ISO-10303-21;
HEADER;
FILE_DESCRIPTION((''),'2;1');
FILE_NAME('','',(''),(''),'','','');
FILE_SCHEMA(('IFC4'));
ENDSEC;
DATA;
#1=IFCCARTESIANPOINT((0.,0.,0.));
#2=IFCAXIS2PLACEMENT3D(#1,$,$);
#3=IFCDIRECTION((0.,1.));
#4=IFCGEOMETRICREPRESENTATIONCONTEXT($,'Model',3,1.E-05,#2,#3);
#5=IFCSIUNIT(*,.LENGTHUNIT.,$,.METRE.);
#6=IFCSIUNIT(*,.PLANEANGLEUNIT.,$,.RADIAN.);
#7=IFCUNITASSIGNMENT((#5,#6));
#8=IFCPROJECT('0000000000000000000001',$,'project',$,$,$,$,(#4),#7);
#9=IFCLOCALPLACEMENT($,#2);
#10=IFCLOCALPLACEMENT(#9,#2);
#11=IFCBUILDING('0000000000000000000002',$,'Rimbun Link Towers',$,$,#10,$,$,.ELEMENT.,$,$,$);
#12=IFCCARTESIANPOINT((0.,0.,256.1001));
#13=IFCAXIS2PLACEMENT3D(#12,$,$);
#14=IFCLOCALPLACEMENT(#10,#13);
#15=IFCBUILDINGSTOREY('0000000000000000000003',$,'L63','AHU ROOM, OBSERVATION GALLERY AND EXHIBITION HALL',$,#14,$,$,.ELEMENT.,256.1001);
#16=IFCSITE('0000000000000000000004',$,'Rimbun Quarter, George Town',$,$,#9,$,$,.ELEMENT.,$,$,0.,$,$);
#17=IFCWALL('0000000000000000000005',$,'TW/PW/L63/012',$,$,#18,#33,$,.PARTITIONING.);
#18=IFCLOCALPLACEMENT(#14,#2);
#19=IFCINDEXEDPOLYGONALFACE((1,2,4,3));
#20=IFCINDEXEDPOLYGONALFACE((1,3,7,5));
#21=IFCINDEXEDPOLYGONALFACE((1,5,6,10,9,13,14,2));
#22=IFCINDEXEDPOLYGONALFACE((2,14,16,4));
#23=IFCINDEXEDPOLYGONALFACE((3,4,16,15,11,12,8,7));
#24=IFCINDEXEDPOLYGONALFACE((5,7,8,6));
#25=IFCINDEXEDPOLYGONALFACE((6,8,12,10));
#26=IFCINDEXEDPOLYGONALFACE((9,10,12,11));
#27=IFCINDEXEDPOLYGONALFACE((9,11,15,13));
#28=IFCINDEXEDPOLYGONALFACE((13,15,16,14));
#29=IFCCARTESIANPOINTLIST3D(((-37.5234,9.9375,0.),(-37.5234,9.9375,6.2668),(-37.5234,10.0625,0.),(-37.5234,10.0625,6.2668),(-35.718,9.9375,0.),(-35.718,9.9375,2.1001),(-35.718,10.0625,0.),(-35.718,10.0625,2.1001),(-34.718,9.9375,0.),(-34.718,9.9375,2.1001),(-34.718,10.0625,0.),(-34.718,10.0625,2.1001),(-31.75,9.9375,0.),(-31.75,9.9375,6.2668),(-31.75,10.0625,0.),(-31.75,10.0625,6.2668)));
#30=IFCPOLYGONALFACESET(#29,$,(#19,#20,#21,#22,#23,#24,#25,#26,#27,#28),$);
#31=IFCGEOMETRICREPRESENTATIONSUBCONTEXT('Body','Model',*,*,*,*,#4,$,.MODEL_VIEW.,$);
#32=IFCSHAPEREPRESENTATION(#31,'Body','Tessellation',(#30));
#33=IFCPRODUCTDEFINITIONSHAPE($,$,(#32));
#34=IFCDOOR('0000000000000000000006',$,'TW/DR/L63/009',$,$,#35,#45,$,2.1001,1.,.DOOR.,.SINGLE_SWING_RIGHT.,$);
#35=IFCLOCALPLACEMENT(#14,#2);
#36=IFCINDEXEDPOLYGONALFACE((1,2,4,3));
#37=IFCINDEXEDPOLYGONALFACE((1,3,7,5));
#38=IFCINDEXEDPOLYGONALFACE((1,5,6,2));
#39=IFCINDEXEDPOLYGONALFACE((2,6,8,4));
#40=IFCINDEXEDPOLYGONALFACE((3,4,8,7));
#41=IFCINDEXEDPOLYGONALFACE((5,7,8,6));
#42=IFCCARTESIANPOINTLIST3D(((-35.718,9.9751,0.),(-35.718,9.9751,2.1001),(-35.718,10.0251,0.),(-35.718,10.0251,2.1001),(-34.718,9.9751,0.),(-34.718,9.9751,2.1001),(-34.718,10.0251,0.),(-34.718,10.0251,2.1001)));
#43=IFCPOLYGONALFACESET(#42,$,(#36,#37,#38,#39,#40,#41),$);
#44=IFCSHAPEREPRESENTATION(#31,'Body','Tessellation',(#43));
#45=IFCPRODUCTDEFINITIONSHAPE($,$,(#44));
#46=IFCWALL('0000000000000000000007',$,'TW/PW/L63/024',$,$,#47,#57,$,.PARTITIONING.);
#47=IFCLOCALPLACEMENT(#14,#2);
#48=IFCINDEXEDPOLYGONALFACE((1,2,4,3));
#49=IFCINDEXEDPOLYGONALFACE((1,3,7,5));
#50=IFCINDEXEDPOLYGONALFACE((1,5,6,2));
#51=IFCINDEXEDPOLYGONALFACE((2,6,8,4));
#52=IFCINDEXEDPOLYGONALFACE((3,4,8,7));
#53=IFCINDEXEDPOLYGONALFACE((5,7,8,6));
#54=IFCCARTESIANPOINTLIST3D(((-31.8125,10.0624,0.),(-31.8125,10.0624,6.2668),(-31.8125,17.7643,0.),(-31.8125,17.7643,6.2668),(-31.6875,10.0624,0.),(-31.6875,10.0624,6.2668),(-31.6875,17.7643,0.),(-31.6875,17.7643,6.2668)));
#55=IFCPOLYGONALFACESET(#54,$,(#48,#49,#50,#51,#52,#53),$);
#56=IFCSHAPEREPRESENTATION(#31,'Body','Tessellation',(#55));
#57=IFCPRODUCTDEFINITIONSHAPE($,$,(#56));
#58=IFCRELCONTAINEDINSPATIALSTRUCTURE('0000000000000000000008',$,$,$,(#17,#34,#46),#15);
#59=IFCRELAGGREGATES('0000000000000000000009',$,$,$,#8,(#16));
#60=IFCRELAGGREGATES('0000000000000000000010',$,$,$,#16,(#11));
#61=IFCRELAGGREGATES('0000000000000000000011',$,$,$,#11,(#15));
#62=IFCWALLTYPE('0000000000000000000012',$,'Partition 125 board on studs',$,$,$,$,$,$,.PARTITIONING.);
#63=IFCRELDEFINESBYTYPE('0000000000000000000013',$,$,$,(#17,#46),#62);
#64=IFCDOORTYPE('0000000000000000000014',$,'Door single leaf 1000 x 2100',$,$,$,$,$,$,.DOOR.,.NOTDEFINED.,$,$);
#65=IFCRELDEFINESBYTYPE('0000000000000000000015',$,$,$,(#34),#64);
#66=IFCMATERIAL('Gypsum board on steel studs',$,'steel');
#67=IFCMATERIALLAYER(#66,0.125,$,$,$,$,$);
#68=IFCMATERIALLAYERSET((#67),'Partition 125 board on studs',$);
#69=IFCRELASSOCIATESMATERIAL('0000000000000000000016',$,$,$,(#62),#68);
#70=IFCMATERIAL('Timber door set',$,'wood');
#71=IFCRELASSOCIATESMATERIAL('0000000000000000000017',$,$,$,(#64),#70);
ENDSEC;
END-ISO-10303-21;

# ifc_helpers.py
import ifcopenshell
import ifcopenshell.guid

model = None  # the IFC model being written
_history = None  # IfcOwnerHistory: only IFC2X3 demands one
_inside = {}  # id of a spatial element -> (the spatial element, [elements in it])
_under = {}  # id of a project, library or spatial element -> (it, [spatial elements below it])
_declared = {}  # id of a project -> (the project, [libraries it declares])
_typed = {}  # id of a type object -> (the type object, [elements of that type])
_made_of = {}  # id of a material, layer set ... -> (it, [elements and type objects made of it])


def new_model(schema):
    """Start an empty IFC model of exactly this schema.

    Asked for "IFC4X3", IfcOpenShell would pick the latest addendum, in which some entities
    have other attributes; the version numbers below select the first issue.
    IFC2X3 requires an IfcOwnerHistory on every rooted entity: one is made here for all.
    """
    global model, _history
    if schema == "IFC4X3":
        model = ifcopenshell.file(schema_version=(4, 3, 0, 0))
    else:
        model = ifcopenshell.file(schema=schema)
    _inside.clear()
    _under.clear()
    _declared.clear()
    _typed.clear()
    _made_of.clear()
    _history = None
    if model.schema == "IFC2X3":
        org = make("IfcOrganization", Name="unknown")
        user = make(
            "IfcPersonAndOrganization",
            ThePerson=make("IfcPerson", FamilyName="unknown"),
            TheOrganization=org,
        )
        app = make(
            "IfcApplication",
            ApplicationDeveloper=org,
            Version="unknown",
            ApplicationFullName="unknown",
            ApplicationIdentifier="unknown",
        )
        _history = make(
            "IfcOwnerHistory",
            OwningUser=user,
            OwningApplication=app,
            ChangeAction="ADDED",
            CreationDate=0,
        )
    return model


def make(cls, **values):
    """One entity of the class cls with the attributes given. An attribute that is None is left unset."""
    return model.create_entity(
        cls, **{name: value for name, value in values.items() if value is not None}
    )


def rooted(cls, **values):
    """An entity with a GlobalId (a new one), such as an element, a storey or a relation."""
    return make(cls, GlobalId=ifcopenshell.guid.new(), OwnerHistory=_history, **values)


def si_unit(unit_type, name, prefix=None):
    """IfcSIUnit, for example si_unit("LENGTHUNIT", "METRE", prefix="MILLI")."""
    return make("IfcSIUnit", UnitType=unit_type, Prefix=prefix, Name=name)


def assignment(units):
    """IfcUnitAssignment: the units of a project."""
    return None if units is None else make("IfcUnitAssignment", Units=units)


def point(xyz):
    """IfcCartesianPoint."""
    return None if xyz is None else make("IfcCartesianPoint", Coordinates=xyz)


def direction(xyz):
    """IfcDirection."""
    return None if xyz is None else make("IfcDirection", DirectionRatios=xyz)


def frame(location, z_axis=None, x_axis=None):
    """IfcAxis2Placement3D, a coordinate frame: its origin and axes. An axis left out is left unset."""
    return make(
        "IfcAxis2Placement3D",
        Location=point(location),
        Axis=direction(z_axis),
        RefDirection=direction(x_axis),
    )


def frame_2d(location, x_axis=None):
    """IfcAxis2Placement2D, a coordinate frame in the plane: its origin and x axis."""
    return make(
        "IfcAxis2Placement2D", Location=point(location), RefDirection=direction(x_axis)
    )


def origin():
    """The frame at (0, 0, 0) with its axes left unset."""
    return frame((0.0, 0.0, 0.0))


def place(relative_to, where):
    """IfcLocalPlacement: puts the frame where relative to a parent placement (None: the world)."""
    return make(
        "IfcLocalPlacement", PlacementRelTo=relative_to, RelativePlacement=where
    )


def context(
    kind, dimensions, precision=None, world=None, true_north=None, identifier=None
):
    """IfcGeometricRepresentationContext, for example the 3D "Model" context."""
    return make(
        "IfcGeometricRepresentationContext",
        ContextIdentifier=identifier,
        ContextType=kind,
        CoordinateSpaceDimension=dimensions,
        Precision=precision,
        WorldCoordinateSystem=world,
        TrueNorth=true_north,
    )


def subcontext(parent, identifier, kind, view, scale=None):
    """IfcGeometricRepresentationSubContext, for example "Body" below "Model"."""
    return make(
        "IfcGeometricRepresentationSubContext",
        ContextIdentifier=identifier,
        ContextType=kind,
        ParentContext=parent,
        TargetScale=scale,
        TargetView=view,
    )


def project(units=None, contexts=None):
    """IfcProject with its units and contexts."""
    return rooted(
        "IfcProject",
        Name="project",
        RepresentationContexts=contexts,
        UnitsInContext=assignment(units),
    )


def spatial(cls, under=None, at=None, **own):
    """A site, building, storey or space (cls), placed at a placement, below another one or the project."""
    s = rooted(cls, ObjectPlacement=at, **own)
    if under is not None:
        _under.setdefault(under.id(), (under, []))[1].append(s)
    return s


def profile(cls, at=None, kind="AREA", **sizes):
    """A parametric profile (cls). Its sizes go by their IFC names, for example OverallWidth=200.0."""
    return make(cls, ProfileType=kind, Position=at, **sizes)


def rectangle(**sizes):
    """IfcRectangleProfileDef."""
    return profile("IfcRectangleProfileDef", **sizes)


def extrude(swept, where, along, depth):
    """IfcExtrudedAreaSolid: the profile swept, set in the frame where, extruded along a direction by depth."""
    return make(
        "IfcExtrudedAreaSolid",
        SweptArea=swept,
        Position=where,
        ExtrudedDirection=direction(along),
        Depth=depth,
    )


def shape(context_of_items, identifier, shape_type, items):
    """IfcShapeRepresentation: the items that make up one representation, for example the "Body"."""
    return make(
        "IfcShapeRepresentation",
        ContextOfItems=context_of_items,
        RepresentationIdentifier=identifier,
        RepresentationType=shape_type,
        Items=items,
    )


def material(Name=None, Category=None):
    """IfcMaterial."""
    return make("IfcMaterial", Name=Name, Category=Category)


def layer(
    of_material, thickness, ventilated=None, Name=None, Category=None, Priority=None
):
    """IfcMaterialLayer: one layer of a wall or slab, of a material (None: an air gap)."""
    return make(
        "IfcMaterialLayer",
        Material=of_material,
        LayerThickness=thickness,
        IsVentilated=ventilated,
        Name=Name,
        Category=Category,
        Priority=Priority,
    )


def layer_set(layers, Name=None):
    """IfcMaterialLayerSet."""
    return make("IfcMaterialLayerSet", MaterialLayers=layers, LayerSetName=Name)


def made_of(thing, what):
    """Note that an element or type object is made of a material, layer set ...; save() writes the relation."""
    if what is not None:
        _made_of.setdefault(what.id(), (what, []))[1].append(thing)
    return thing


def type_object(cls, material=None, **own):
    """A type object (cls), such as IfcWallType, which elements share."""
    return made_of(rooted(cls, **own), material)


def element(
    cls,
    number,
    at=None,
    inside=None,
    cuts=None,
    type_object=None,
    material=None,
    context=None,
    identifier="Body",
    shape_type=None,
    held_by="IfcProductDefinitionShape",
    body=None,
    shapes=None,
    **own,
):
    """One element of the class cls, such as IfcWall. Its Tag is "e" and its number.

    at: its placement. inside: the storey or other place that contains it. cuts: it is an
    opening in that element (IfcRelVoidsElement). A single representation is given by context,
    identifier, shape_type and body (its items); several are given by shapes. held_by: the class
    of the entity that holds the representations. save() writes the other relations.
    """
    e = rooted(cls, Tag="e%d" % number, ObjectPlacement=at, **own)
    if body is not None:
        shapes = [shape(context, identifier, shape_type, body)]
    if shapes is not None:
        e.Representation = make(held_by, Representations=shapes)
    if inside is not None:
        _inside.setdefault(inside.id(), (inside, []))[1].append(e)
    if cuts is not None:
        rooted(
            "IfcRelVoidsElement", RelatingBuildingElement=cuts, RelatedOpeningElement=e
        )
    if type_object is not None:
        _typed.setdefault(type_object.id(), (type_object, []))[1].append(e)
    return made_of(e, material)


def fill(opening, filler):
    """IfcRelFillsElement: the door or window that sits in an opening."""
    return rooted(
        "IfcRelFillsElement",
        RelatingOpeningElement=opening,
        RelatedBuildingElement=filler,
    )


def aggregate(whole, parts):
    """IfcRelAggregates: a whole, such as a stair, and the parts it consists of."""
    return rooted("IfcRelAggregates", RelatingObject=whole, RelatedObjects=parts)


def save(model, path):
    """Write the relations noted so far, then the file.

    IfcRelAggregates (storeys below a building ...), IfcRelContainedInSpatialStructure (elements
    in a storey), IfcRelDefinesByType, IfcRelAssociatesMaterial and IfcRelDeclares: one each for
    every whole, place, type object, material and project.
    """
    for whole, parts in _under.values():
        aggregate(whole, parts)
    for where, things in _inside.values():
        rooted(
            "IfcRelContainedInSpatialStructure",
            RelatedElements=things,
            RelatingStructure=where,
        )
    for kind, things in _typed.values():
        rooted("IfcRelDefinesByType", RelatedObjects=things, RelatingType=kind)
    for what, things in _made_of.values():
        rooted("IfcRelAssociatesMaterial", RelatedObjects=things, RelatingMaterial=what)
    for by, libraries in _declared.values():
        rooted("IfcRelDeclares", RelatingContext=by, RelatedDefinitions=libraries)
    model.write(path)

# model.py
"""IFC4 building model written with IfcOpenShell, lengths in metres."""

from ifc_helpers import new_model, si_unit, direction, frame, frame_2d, origin, place, context, subcontext, project, spatial, rectangle, extrude, material, layer, layer_set, type_object, element, fill, save


model = new_model("IFC4")

# Units and contexts
model_context = context("Model", 3, precision=1e-05, world=origin(), true_north=direction((0.0, 1.0)))
body_context = subcontext(model_context, "Body", "Model", "MODEL_VIEW")
ifc_project = project(units=[si_unit("LENGTHUNIT", "METRE"), si_unit("PLANEANGLEUNIT", "RADIAN")], contexts=[model_context])

# Site, building, storey
site_placement = place(None, origin())
site = spatial("IfcSite", under=ifc_project, at=site_placement, Name="Rimbun Quarter, George Town", CompositionType="ELEMENT", RefElevation=0.0)
building_placement = place(site_placement, origin())
building = spatial("IfcBuilding", under=site, at=building_placement, Name="Rimbun Link Towers", CompositionType="ELEMENT")
storey_placement = place(building_placement, frame((0.0, 0.0, 256.1001)))
storey = spatial("IfcBuildingStorey", under=building, at=storey_placement, Name="L63", Description="AHU ROOM, OBSERVATION GALLERY AND EXHIBITION HALL", CompositionType="ELEMENT", Elevation=256.1001)

# Wall, opening, door
ifc_material_1 = material(Name="Gypsum board on steel studs", Category="steel")
ifc_layer_1 = layer(ifc_material_1, 0.125)
ifc_layer_set_1 = layer_set([ifc_layer_1], Name="Partition 125 board on studs")
wall_type_1 = type_object("IfcWallType", Name="Partition 125 board on studs", PredefinedType="PARTITIONING", material=ifc_layer_set_1)
wall_1_placement = place(storey_placement, frame((-31.75, 10.0, 0.0), z_axis=(0.0, 0.0, 1.0), x_axis=(-1.0, 0.0, 0.0)))
wall_1 = element("IfcWall", 1, at=wall_1_placement, inside=storey, type_object=wall_type_1, Name="TW/PW/L63/012", PredefinedType="PARTITIONING", context=body_context, shape_type="SweptSolid", body=[
    extrude(rectangle(XDim=5.7734, YDim=0.125, at=frame_2d((2.8867, 0.0))), origin(), (0.0, 0.0, 1.0), 6.2668),
])
opening_1_placement = place(wall_1_placement, frame((2.968, 0.0, 0.0)))
opening_1 = element("IfcOpeningElement", 2, at=opening_1_placement, cuts=wall_1, PredefinedType="OPENING", context=body_context, shape_type="SweptSolid", body=[
    extrude(rectangle(XDim=1.0, YDim=2.1001, at=frame_2d((0.5, 1.05))), frame((0.0, 0.0725, 0.0), z_axis=(0.0, -1.0, 0.0), x_axis=(1.0, 0.0, 0.0)), (0.0, 0.0, 1.0), 0.145),
])
ifc_material_2 = material(Name="Timber door set", Category="wood")
door_type_1 = type_object("IfcDoorType", Name="Door single leaf 1000 x 2100", OperationType="NOTDEFINED", PredefinedType="DOOR", material=ifc_material_2)
door_1_placement = place(opening_1_placement, origin())
door_1 = element("IfcDoor", 3, at=door_1_placement, inside=storey, type_object=door_type_1, Name="TW/DR/L63/009", OperationType="SINGLE_SWING_RIGHT", OverallHeight=2.1001, OverallWidth=1.0, PredefinedType="DOOR", context=body_context, shape_type="SweptSolid", body=[
    extrude(rectangle(XDim=1.0, YDim=2.1001, at=frame_2d((0.5, 1.05))), frame((0.0, 0.0249, 0.0), z_axis=(0.0, -1.0, 0.0), x_axis=(1.0, 0.0, 0.0)), (0.0, 0.0, 1.0), 0.05),
])
fill(opening_1, door_1)

# Wall
wall_2_placement = place(storey_placement, frame((-31.75, 17.7644, 0.0), z_axis=(0.0, 0.0, 1.0), x_axis=(0.0, -1.0, 0.0)))
element("IfcWall", 4, at=wall_2_placement, inside=storey, type_object=wall_type_1, Name="TW/PW/L63/024", PredefinedType="PARTITIONING", context=body_context, shape_type="SweptSolid", body=[
    extrude(rectangle(XDim=7.7019, YDim=0.125, at=frame_2d((3.8511, 0.0))), origin(), (0.0, 0.0, 1.0), 6.2668),
])

save(model, "model.ifc")
